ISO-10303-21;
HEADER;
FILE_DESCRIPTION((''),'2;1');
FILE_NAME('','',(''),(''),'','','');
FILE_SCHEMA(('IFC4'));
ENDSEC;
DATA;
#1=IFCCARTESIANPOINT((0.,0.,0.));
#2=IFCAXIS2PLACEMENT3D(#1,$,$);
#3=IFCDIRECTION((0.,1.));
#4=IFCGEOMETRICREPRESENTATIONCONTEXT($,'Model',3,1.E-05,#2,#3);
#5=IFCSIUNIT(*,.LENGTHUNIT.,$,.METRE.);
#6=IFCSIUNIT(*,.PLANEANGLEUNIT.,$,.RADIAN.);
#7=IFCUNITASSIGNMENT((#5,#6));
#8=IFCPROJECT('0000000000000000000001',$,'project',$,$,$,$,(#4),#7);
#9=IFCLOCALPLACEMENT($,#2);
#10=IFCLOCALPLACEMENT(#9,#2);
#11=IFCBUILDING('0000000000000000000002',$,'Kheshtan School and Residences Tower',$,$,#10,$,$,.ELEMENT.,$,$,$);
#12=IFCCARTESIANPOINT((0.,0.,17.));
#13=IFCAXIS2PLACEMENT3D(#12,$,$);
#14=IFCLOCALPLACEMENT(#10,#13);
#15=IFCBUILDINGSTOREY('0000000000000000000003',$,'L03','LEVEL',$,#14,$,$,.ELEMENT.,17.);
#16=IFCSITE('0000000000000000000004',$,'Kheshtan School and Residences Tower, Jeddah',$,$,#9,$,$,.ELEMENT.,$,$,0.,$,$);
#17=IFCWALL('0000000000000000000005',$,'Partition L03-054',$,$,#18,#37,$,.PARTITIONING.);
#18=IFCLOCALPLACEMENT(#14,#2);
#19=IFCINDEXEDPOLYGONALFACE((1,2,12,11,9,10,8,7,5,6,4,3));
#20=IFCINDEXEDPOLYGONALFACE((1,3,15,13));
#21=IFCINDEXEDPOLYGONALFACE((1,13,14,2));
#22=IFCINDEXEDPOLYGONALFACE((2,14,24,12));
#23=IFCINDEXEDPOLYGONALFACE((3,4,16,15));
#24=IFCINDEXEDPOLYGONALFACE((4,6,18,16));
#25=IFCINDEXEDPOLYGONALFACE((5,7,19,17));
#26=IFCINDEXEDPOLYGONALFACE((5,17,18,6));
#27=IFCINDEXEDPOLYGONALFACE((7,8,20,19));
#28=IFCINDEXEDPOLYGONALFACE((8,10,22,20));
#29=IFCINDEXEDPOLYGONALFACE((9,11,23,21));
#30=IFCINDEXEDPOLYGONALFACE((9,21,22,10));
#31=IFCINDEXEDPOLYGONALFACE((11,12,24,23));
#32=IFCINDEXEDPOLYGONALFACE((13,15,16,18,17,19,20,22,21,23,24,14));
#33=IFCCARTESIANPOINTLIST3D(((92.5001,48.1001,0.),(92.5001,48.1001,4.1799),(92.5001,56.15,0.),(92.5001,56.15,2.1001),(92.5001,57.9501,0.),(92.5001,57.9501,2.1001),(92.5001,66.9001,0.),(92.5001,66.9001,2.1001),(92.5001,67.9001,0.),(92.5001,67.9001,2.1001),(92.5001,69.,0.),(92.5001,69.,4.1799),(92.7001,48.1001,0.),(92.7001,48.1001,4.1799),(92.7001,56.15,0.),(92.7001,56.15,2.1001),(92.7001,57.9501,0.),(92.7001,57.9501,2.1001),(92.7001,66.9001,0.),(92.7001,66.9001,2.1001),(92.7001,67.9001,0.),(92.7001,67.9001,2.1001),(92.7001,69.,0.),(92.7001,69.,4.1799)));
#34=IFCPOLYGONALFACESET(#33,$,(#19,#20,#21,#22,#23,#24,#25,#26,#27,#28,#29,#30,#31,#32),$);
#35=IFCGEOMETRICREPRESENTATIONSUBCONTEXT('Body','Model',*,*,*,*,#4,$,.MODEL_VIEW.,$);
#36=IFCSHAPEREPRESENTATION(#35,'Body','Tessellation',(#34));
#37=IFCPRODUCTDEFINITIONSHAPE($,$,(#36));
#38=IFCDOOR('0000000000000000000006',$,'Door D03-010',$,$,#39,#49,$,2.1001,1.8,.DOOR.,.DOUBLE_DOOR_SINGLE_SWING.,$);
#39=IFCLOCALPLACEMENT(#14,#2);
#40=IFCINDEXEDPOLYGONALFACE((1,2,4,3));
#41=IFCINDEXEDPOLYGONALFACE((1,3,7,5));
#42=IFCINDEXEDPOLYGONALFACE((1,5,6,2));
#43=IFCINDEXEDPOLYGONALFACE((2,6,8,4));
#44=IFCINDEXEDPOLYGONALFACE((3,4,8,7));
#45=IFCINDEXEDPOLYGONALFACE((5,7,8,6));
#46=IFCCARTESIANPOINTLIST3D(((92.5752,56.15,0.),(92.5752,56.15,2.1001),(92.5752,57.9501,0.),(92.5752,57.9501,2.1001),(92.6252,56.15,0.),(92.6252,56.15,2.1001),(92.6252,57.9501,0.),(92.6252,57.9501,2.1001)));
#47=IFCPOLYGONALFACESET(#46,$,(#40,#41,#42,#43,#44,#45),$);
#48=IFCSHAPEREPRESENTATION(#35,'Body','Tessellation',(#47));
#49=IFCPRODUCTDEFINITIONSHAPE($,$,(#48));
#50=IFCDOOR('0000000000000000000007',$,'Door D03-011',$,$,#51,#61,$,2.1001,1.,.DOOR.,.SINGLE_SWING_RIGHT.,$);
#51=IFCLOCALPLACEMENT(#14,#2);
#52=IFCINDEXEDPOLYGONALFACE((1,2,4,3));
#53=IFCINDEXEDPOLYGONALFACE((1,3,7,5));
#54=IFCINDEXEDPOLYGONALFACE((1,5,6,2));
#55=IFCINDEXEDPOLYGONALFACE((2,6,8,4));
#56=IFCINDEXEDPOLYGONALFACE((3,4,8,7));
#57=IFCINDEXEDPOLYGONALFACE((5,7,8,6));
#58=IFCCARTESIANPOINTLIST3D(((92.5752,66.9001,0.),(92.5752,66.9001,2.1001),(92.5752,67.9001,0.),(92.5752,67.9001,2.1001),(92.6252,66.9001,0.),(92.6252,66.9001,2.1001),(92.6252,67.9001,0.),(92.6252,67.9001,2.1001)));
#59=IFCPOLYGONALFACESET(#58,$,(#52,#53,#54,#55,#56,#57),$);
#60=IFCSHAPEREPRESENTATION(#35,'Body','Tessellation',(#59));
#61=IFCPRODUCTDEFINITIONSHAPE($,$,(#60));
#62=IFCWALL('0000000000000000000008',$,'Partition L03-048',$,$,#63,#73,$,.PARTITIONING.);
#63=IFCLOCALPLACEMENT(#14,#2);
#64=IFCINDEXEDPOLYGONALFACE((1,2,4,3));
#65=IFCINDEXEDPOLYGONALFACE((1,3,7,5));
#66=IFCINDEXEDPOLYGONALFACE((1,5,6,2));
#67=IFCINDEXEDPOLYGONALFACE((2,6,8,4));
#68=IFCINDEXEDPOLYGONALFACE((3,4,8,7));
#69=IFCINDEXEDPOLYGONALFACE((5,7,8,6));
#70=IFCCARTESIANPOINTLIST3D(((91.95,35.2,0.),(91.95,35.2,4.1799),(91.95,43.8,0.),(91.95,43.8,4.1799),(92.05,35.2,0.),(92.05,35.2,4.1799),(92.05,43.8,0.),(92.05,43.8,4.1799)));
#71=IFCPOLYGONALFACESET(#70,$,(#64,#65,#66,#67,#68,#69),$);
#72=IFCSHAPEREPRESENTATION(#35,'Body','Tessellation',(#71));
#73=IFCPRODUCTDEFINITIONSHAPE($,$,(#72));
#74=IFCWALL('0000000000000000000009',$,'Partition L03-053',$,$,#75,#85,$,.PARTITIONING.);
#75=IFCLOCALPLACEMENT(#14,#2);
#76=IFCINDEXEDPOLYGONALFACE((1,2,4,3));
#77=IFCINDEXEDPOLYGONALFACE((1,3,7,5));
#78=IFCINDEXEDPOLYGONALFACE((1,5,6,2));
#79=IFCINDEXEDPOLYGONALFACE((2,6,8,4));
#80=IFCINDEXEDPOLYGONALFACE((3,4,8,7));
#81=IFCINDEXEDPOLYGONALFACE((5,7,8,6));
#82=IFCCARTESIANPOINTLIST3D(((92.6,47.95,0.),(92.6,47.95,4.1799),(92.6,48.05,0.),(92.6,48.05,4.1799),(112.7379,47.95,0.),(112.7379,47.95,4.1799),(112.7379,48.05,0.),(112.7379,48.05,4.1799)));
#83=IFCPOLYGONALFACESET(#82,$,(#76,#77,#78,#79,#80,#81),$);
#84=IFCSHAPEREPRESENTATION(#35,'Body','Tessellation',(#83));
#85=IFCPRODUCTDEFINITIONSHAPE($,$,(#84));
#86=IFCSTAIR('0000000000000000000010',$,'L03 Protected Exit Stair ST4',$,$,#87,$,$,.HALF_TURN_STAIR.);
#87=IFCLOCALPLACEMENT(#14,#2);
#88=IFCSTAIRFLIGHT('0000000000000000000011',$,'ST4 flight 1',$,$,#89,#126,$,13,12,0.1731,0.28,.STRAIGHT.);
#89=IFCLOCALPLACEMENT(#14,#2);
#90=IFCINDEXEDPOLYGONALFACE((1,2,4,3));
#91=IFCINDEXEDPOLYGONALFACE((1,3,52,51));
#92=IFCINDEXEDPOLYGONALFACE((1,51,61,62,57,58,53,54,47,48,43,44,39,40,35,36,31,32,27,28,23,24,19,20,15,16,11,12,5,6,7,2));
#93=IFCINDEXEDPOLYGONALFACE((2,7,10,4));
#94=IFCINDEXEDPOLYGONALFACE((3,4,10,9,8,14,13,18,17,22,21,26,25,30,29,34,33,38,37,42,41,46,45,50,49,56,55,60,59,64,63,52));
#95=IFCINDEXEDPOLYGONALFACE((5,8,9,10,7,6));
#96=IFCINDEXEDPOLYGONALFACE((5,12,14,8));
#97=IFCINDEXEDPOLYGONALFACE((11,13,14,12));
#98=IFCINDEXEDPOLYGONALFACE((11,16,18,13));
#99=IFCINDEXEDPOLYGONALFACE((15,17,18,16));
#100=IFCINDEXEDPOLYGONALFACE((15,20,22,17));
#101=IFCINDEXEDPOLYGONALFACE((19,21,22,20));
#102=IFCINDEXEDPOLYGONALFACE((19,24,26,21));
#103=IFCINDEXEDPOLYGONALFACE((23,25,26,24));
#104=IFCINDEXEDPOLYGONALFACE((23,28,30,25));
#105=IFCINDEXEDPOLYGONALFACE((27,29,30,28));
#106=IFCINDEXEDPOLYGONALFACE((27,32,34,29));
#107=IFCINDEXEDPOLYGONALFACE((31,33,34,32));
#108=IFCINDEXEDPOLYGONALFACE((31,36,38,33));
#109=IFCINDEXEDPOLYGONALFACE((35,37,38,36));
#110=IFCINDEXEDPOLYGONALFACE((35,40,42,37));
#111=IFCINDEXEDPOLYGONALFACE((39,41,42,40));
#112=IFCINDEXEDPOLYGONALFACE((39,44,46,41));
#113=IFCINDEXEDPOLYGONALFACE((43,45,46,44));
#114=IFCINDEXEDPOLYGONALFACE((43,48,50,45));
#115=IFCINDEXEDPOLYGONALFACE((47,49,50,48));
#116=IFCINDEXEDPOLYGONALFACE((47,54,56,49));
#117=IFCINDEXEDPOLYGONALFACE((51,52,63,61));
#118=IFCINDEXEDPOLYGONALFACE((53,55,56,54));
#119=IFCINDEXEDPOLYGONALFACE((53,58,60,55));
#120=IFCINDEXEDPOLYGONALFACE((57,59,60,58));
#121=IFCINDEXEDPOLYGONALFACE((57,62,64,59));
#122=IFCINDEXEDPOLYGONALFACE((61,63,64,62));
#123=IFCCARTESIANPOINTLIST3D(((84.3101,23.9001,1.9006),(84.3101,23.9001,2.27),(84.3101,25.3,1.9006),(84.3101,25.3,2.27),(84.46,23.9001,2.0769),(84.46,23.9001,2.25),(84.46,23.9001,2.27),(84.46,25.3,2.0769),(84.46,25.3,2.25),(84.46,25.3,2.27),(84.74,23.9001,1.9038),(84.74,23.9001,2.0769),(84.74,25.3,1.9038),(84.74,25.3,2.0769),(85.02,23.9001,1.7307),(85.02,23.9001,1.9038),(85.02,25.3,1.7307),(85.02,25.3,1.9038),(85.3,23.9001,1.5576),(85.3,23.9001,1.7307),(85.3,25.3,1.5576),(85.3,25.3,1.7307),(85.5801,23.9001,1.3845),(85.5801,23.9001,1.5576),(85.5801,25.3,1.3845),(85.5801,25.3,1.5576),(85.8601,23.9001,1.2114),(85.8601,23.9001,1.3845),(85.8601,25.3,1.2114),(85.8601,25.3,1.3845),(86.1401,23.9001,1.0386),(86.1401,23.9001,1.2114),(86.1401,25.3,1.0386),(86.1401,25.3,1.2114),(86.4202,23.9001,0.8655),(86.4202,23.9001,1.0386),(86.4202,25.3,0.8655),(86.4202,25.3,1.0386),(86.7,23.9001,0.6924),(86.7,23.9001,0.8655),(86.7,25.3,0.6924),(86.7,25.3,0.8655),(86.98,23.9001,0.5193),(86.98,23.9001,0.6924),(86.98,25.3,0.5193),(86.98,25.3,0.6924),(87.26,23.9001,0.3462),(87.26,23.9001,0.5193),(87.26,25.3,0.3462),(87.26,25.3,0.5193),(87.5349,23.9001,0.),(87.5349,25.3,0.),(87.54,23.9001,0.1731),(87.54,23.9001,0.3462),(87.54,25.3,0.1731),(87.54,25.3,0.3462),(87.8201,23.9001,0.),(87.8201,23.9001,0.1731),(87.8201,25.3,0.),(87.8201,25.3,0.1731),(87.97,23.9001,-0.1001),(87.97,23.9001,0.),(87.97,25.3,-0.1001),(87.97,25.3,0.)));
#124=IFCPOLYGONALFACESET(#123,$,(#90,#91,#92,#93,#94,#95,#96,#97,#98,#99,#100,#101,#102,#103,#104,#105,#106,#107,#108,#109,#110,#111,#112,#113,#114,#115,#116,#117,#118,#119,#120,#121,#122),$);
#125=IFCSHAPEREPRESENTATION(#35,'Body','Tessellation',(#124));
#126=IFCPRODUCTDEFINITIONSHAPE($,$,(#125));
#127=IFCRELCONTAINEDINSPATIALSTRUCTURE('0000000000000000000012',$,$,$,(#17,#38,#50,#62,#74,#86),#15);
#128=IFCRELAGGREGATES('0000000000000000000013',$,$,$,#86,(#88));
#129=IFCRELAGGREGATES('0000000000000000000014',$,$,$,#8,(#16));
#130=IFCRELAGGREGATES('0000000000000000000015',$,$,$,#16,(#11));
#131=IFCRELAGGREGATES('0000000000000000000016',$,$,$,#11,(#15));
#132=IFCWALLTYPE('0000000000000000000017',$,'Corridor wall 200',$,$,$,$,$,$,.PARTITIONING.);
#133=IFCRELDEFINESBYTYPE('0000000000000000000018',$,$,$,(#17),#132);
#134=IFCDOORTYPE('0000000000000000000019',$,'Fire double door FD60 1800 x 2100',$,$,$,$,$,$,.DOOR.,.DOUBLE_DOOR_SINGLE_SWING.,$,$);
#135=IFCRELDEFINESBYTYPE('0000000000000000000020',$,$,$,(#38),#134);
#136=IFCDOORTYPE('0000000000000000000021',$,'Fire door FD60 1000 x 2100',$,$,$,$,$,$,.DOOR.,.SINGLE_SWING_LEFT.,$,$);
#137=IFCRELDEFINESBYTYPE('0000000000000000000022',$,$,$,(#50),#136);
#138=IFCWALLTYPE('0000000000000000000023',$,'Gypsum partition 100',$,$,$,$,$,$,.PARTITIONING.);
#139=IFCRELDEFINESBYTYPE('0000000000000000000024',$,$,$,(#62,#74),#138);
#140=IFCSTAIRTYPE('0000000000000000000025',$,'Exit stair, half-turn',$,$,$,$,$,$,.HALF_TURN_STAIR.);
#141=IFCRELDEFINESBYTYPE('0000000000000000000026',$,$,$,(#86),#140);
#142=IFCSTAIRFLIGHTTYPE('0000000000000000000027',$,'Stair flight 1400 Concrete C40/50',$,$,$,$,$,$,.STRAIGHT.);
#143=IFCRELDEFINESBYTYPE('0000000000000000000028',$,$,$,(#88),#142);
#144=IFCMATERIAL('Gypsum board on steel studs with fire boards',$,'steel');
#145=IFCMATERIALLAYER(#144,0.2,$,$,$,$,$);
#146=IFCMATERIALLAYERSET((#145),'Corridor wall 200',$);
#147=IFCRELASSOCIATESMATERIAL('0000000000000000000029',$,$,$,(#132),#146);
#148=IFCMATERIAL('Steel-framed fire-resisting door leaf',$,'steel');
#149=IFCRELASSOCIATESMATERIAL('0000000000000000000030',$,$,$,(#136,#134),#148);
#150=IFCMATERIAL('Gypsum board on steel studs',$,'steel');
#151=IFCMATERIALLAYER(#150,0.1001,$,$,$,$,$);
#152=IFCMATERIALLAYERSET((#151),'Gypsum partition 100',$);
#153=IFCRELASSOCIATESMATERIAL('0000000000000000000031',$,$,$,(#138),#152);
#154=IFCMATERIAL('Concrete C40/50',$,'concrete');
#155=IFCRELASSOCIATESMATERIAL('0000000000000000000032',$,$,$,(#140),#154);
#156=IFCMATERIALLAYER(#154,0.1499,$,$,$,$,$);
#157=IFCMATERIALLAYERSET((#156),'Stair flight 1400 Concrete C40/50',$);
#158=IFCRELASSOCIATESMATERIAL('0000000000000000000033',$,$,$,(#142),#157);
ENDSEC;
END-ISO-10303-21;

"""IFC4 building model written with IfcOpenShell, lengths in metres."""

from ifc_helpers import new_model, si_unit, direction, frame, frame_2d, origin, place, context, subcontext, project, spatial, polyline, rectangle, outline, extrude, source, transform, mapped, material, layer, layer_set, type_object, element, fill, aggregate, save


model = new_model("IFC4")

# Units and contexts
model_context = context("Model", 3, precision=1e-05, world=origin(), true_north=direction((0.0, 1.0)))
body_context = subcontext(model_context, "Body", "Model", "MODEL_VIEW")
ifc_project = project(units=[si_unit("LENGTHUNIT", "METRE"), si_unit("PLANEANGLEUNIT", "RADIAN")], contexts=[model_context])

# Site, building, storey
site_placement = place(None, origin())
site = spatial("IfcSite", under=ifc_project, at=site_placement, Name="Kheshtan School and Residences Tower, Jeddah", CompositionType="ELEMENT", RefElevation=0.0)
building_placement = place(site_placement, origin())
building = spatial("IfcBuilding", under=site, at=building_placement, Name="Kheshtan School and Residences Tower", CompositionType="ELEMENT")
storey_placement = place(building_placement, frame((0.0, 0.0, 17.0)))
storey = spatial("IfcBuildingStorey", under=building, at=storey_placement, Name="L03", Description="LEVEL", CompositionType="ELEMENT", Elevation=17.0)

# Shared definitions
ifc_material_1 = material(Name="Gypsum board on steel studs with fire boards", Category="steel")
ifc_layer_1 = layer(ifc_material_1, 0.2)
ifc_layer_set_1 = layer_set([ifc_layer_1], Name="Corridor wall 200")
wall_type_1 = type_object("IfcWallType", Name="Corridor wall 200", PredefinedType="PARTITIONING", material=ifc_layer_set_1)

# Shared definitions
ifc_material_2 = material(Name="Steel-framed fire-resisting door leaf", Category="steel")
door_type_1 = type_object("IfcDoorType", Name="Fire door FD60 1000 x 2100", OperationType="SINGLE_SWING_LEFT", PredefinedType="DOOR", material=ifc_material_2)
shared_shape_1 = source(origin(), body_context, "Body", "SweptSolid", [
    extrude(rectangle(XDim=1.0, YDim=2.1001, at=frame_2d((0.5, 1.05))), frame((0.0, 0.0249, 0.0), z_axis=(0.0, -1.0, 0.0), x_axis=(1.0, 0.0, 0.0)), (0.0, 0.0, 1.0), 0.05),
])

# Wall, openings, doors
wall_1_placement = place(storey_placement, frame((92.6001, 48.1001, 0.0), z_axis=(0.0, 0.0, 1.0), x_axis=(0.0, 1.0, 0.0)))
wall_1 = element("IfcWall", 1, at=wall_1_placement, inside=storey, type_object=wall_type_1, Name="Partition L03-054", PredefinedType="PARTITIONING", context=body_context, shape_type="SweptSolid", body=[
    extrude(rectangle(XDim=20.8999, YDim=0.2, at=frame_2d((10.45, 0.0))), origin(), (0.0, 0.0, 1.0), 4.1799),
])
opening_1_placement = place(wall_1_placement, frame((8.05, 0.0, 0.0)))
opening_1 = element("IfcOpeningElement", 2, at=opening_1_placement, cuts=wall_1, PredefinedType="OPENING", context=body_context, shape_type="SweptSolid", body=[
    extrude(rectangle(XDim=1.8, YDim=2.1001, at=frame_2d((0.8999, 1.05))), frame((0.0, 0.1099, 0.0), z_axis=(0.0, -1.0, 0.0), x_axis=(1.0, 0.0, 0.0)), (0.0, 0.0, 1.0), 0.22),
])
opening_2_placement = place(wall_1_placement, frame((18.8, 0.0, 0.0)))
opening_2 = element("IfcOpeningElement", 3, at=opening_2_placement, cuts=wall_1, PredefinedType="OPENING", context=body_context, shape_type="SweptSolid", body=[
    extrude(rectangle(XDim=1.0, YDim=2.1001, at=frame_2d((0.5, 1.05))), frame((0.0, 0.1099, 0.0), z_axis=(0.0, -1.0, 0.0), x_axis=(1.0, 0.0, 0.0)), (0.0, 0.0, 1.0), 0.22),
])
door_type_2 = type_object("IfcDoorType", Name="Fire double door FD60 1800 x 2100", OperationType="DOUBLE_DOOR_SINGLE_SWING", PredefinedType="DOOR", material=ifc_material_2)
shared_shape_2 = source(origin(), body_context, "Body", "SweptSolid", [
    extrude(rectangle(XDim=1.8, YDim=2.1001, at=frame_2d((0.8999, 1.05))), frame((0.0, 0.0249, 0.0), z_axis=(0.0, -1.0, 0.0), x_axis=(1.0, 0.0, 0.0)), (0.0, 0.0, 1.0), 0.05),
])
door_1_placement = place(opening_1_placement, origin())
door_1 = element("IfcDoor", 4, at=door_1_placement, inside=storey, type_object=door_type_2, Name="Door D03-010", OperationType="DOUBLE_DOOR_SINGLE_SWING", OverallHeight=2.1001, OverallWidth=1.8, PredefinedType="DOOR", context=body_context, shape_type="MappedRepresentation", body=[
    mapped(shared_shape_2, transform((0.0, 0.0, 0.0), x_axis=(1.0, 0.0, 0.0), y_axis=(0.0, 1.0, 0.0), z_axis=(0.0, 0.0, 1.0), scale=1.0)),
])
fill(opening_1, door_1)
door_2_placement = place(opening_2_placement, origin())
door_2 = element("IfcDoor", 5, at=door_2_placement, inside=storey, type_object=door_type_1, Name="Door D03-011", OperationType="SINGLE_SWING_RIGHT", OverallHeight=2.1001, OverallWidth=1.0, PredefinedType="DOOR", context=body_context, shape_type="MappedRepresentation", body=[
    mapped(shared_shape_1, transform((0.0, 0.0, 0.0), x_axis=(1.0, 0.0, 0.0), y_axis=(0.0, 1.0, 0.0), z_axis=(0.0, 0.0, 1.0), scale=1.0)),
])
fill(opening_2, door_2)

# Walls
ifc_material_3 = material(Name="Gypsum board on steel studs", Category="steel")
ifc_layer_2 = layer(ifc_material_3, 0.1001)
ifc_layer_set_2 = layer_set([ifc_layer_2], Name="Gypsum partition 100")
wall_type_2 = type_object("IfcWallType", Name="Gypsum partition 100", PredefinedType="PARTITIONING", material=ifc_layer_set_2)
wall_2_placement = place(storey_placement, frame((92.0, 35.2, 0.0), z_axis=(0.0, 0.0, 1.0), x_axis=(0.0, 1.0, 0.0)))
element("IfcWall", 6, at=wall_2_placement, inside=storey, type_object=wall_type_2, Name="Partition L03-048", PredefinedType="PARTITIONING", context=body_context, shape_type="SweptSolid", body=[
    extrude(rectangle(XDim=8.6001, YDim=0.1001, at=frame_2d((4.3, 0.0))), origin(), (0.0, 0.0, 1.0), 4.1799),
])
wall_3_placement = place(storey_placement, frame((92.6001, 48.0, 0.0), z_axis=(0.0, 0.0, 1.0), x_axis=(1.0, 0.0, 0.0)))
element("IfcWall", 7, at=wall_3_placement, inside=storey, type_object=wall_type_2, Name="Partition L03-053", PredefinedType="PARTITIONING", context=body_context, shape_type="SweptSolid", body=[
    extrude(rectangle(XDim=20.1379, YDim=0.1001, at=frame_2d((10.0688, 0.0))), origin(), (0.0, 0.0, 1.0), 4.1799),
])

# Stair, stair flight
ifc_material_4 = material(Name="Concrete C40/50", Category="concrete")
stair_type = type_object("IfcStairType", Name="Exit stair, half-turn", PredefinedType="HALF_TURN_STAIR", material=ifc_material_4)
stair_placement = place(storey_placement, origin())
stair = element("IfcStair", 8, at=stair_placement, inside=storey, type_object=stair_type, Name="L03 Protected Exit Stair ST4", PredefinedType="HALF_TURN_STAIR")
ifc_layer_3 = layer(ifc_material_4, 0.1499)
ifc_layer_set_3 = layer_set([ifc_layer_3], Name="Stair flight 1400 Concrete C40/50")
stair_flight_type = type_object("IfcStairFlightType", Name="Stair flight 1400 Concrete C40/50", PredefinedType="STRAIGHT", material=ifc_layer_set_3)
stair_flight_placement = place(storey_placement, frame((87.8201, 24.6001, 0.0), z_axis=(0.0, 0.0, 1.0), x_axis=(-1.0, 0.0, 0.0)))
stair_flight = element("IfcStairFlight", 9, at=stair_flight_placement, type_object=stair_flight_type, Name="ST4 flight 1", NumberOfRisers=13, NumberOfTreads=12, PredefinedType="STRAIGHT", RiserHeight=0.1731, TreadLength=0.28, context=body_context, shape_type="SweptSolid", body=[
    extrude(outline(polyline([(-0.1499, -0.1001), (-0.1499, 0.0), (0.0, 0.0), (0.0, 0.1731), (0.28, 0.1731), (0.28, 0.3462), (0.5601, 0.3462), (0.5601, 0.5193), (0.8401, 0.5193), (0.8401, 0.6924), (1.1201, 0.6924), (1.1201, 0.8655), (1.3999, 0.8655), (1.3999, 1.0386), (1.6799, 1.0386), (1.6799, 1.2114), (1.96, 1.2114), (1.96, 1.3845), (2.24, 1.3845), (2.24, 1.5576), (2.52, 1.5576), (2.52, 1.7307), (2.8, 1.7307), (2.8, 1.9038), (3.0801, 1.9038), (3.0801, 2.0769), (3.3601, 2.0769), (3.3601, 2.25), (3.3601, 2.27), (3.51, 2.27), (3.51, 1.9006), (0.2852, 0.0), (-0.1499, -0.1001)])), frame((0.0, 0.7, 0.0), z_axis=(0.0, -1.0, 0.0), x_axis=(1.0, 0.0, 0.0)), (0.0, 0.0, 1.0), 1.3999),
])
aggregate(stair, [stair_flight])

save(model, "model.ifc")
